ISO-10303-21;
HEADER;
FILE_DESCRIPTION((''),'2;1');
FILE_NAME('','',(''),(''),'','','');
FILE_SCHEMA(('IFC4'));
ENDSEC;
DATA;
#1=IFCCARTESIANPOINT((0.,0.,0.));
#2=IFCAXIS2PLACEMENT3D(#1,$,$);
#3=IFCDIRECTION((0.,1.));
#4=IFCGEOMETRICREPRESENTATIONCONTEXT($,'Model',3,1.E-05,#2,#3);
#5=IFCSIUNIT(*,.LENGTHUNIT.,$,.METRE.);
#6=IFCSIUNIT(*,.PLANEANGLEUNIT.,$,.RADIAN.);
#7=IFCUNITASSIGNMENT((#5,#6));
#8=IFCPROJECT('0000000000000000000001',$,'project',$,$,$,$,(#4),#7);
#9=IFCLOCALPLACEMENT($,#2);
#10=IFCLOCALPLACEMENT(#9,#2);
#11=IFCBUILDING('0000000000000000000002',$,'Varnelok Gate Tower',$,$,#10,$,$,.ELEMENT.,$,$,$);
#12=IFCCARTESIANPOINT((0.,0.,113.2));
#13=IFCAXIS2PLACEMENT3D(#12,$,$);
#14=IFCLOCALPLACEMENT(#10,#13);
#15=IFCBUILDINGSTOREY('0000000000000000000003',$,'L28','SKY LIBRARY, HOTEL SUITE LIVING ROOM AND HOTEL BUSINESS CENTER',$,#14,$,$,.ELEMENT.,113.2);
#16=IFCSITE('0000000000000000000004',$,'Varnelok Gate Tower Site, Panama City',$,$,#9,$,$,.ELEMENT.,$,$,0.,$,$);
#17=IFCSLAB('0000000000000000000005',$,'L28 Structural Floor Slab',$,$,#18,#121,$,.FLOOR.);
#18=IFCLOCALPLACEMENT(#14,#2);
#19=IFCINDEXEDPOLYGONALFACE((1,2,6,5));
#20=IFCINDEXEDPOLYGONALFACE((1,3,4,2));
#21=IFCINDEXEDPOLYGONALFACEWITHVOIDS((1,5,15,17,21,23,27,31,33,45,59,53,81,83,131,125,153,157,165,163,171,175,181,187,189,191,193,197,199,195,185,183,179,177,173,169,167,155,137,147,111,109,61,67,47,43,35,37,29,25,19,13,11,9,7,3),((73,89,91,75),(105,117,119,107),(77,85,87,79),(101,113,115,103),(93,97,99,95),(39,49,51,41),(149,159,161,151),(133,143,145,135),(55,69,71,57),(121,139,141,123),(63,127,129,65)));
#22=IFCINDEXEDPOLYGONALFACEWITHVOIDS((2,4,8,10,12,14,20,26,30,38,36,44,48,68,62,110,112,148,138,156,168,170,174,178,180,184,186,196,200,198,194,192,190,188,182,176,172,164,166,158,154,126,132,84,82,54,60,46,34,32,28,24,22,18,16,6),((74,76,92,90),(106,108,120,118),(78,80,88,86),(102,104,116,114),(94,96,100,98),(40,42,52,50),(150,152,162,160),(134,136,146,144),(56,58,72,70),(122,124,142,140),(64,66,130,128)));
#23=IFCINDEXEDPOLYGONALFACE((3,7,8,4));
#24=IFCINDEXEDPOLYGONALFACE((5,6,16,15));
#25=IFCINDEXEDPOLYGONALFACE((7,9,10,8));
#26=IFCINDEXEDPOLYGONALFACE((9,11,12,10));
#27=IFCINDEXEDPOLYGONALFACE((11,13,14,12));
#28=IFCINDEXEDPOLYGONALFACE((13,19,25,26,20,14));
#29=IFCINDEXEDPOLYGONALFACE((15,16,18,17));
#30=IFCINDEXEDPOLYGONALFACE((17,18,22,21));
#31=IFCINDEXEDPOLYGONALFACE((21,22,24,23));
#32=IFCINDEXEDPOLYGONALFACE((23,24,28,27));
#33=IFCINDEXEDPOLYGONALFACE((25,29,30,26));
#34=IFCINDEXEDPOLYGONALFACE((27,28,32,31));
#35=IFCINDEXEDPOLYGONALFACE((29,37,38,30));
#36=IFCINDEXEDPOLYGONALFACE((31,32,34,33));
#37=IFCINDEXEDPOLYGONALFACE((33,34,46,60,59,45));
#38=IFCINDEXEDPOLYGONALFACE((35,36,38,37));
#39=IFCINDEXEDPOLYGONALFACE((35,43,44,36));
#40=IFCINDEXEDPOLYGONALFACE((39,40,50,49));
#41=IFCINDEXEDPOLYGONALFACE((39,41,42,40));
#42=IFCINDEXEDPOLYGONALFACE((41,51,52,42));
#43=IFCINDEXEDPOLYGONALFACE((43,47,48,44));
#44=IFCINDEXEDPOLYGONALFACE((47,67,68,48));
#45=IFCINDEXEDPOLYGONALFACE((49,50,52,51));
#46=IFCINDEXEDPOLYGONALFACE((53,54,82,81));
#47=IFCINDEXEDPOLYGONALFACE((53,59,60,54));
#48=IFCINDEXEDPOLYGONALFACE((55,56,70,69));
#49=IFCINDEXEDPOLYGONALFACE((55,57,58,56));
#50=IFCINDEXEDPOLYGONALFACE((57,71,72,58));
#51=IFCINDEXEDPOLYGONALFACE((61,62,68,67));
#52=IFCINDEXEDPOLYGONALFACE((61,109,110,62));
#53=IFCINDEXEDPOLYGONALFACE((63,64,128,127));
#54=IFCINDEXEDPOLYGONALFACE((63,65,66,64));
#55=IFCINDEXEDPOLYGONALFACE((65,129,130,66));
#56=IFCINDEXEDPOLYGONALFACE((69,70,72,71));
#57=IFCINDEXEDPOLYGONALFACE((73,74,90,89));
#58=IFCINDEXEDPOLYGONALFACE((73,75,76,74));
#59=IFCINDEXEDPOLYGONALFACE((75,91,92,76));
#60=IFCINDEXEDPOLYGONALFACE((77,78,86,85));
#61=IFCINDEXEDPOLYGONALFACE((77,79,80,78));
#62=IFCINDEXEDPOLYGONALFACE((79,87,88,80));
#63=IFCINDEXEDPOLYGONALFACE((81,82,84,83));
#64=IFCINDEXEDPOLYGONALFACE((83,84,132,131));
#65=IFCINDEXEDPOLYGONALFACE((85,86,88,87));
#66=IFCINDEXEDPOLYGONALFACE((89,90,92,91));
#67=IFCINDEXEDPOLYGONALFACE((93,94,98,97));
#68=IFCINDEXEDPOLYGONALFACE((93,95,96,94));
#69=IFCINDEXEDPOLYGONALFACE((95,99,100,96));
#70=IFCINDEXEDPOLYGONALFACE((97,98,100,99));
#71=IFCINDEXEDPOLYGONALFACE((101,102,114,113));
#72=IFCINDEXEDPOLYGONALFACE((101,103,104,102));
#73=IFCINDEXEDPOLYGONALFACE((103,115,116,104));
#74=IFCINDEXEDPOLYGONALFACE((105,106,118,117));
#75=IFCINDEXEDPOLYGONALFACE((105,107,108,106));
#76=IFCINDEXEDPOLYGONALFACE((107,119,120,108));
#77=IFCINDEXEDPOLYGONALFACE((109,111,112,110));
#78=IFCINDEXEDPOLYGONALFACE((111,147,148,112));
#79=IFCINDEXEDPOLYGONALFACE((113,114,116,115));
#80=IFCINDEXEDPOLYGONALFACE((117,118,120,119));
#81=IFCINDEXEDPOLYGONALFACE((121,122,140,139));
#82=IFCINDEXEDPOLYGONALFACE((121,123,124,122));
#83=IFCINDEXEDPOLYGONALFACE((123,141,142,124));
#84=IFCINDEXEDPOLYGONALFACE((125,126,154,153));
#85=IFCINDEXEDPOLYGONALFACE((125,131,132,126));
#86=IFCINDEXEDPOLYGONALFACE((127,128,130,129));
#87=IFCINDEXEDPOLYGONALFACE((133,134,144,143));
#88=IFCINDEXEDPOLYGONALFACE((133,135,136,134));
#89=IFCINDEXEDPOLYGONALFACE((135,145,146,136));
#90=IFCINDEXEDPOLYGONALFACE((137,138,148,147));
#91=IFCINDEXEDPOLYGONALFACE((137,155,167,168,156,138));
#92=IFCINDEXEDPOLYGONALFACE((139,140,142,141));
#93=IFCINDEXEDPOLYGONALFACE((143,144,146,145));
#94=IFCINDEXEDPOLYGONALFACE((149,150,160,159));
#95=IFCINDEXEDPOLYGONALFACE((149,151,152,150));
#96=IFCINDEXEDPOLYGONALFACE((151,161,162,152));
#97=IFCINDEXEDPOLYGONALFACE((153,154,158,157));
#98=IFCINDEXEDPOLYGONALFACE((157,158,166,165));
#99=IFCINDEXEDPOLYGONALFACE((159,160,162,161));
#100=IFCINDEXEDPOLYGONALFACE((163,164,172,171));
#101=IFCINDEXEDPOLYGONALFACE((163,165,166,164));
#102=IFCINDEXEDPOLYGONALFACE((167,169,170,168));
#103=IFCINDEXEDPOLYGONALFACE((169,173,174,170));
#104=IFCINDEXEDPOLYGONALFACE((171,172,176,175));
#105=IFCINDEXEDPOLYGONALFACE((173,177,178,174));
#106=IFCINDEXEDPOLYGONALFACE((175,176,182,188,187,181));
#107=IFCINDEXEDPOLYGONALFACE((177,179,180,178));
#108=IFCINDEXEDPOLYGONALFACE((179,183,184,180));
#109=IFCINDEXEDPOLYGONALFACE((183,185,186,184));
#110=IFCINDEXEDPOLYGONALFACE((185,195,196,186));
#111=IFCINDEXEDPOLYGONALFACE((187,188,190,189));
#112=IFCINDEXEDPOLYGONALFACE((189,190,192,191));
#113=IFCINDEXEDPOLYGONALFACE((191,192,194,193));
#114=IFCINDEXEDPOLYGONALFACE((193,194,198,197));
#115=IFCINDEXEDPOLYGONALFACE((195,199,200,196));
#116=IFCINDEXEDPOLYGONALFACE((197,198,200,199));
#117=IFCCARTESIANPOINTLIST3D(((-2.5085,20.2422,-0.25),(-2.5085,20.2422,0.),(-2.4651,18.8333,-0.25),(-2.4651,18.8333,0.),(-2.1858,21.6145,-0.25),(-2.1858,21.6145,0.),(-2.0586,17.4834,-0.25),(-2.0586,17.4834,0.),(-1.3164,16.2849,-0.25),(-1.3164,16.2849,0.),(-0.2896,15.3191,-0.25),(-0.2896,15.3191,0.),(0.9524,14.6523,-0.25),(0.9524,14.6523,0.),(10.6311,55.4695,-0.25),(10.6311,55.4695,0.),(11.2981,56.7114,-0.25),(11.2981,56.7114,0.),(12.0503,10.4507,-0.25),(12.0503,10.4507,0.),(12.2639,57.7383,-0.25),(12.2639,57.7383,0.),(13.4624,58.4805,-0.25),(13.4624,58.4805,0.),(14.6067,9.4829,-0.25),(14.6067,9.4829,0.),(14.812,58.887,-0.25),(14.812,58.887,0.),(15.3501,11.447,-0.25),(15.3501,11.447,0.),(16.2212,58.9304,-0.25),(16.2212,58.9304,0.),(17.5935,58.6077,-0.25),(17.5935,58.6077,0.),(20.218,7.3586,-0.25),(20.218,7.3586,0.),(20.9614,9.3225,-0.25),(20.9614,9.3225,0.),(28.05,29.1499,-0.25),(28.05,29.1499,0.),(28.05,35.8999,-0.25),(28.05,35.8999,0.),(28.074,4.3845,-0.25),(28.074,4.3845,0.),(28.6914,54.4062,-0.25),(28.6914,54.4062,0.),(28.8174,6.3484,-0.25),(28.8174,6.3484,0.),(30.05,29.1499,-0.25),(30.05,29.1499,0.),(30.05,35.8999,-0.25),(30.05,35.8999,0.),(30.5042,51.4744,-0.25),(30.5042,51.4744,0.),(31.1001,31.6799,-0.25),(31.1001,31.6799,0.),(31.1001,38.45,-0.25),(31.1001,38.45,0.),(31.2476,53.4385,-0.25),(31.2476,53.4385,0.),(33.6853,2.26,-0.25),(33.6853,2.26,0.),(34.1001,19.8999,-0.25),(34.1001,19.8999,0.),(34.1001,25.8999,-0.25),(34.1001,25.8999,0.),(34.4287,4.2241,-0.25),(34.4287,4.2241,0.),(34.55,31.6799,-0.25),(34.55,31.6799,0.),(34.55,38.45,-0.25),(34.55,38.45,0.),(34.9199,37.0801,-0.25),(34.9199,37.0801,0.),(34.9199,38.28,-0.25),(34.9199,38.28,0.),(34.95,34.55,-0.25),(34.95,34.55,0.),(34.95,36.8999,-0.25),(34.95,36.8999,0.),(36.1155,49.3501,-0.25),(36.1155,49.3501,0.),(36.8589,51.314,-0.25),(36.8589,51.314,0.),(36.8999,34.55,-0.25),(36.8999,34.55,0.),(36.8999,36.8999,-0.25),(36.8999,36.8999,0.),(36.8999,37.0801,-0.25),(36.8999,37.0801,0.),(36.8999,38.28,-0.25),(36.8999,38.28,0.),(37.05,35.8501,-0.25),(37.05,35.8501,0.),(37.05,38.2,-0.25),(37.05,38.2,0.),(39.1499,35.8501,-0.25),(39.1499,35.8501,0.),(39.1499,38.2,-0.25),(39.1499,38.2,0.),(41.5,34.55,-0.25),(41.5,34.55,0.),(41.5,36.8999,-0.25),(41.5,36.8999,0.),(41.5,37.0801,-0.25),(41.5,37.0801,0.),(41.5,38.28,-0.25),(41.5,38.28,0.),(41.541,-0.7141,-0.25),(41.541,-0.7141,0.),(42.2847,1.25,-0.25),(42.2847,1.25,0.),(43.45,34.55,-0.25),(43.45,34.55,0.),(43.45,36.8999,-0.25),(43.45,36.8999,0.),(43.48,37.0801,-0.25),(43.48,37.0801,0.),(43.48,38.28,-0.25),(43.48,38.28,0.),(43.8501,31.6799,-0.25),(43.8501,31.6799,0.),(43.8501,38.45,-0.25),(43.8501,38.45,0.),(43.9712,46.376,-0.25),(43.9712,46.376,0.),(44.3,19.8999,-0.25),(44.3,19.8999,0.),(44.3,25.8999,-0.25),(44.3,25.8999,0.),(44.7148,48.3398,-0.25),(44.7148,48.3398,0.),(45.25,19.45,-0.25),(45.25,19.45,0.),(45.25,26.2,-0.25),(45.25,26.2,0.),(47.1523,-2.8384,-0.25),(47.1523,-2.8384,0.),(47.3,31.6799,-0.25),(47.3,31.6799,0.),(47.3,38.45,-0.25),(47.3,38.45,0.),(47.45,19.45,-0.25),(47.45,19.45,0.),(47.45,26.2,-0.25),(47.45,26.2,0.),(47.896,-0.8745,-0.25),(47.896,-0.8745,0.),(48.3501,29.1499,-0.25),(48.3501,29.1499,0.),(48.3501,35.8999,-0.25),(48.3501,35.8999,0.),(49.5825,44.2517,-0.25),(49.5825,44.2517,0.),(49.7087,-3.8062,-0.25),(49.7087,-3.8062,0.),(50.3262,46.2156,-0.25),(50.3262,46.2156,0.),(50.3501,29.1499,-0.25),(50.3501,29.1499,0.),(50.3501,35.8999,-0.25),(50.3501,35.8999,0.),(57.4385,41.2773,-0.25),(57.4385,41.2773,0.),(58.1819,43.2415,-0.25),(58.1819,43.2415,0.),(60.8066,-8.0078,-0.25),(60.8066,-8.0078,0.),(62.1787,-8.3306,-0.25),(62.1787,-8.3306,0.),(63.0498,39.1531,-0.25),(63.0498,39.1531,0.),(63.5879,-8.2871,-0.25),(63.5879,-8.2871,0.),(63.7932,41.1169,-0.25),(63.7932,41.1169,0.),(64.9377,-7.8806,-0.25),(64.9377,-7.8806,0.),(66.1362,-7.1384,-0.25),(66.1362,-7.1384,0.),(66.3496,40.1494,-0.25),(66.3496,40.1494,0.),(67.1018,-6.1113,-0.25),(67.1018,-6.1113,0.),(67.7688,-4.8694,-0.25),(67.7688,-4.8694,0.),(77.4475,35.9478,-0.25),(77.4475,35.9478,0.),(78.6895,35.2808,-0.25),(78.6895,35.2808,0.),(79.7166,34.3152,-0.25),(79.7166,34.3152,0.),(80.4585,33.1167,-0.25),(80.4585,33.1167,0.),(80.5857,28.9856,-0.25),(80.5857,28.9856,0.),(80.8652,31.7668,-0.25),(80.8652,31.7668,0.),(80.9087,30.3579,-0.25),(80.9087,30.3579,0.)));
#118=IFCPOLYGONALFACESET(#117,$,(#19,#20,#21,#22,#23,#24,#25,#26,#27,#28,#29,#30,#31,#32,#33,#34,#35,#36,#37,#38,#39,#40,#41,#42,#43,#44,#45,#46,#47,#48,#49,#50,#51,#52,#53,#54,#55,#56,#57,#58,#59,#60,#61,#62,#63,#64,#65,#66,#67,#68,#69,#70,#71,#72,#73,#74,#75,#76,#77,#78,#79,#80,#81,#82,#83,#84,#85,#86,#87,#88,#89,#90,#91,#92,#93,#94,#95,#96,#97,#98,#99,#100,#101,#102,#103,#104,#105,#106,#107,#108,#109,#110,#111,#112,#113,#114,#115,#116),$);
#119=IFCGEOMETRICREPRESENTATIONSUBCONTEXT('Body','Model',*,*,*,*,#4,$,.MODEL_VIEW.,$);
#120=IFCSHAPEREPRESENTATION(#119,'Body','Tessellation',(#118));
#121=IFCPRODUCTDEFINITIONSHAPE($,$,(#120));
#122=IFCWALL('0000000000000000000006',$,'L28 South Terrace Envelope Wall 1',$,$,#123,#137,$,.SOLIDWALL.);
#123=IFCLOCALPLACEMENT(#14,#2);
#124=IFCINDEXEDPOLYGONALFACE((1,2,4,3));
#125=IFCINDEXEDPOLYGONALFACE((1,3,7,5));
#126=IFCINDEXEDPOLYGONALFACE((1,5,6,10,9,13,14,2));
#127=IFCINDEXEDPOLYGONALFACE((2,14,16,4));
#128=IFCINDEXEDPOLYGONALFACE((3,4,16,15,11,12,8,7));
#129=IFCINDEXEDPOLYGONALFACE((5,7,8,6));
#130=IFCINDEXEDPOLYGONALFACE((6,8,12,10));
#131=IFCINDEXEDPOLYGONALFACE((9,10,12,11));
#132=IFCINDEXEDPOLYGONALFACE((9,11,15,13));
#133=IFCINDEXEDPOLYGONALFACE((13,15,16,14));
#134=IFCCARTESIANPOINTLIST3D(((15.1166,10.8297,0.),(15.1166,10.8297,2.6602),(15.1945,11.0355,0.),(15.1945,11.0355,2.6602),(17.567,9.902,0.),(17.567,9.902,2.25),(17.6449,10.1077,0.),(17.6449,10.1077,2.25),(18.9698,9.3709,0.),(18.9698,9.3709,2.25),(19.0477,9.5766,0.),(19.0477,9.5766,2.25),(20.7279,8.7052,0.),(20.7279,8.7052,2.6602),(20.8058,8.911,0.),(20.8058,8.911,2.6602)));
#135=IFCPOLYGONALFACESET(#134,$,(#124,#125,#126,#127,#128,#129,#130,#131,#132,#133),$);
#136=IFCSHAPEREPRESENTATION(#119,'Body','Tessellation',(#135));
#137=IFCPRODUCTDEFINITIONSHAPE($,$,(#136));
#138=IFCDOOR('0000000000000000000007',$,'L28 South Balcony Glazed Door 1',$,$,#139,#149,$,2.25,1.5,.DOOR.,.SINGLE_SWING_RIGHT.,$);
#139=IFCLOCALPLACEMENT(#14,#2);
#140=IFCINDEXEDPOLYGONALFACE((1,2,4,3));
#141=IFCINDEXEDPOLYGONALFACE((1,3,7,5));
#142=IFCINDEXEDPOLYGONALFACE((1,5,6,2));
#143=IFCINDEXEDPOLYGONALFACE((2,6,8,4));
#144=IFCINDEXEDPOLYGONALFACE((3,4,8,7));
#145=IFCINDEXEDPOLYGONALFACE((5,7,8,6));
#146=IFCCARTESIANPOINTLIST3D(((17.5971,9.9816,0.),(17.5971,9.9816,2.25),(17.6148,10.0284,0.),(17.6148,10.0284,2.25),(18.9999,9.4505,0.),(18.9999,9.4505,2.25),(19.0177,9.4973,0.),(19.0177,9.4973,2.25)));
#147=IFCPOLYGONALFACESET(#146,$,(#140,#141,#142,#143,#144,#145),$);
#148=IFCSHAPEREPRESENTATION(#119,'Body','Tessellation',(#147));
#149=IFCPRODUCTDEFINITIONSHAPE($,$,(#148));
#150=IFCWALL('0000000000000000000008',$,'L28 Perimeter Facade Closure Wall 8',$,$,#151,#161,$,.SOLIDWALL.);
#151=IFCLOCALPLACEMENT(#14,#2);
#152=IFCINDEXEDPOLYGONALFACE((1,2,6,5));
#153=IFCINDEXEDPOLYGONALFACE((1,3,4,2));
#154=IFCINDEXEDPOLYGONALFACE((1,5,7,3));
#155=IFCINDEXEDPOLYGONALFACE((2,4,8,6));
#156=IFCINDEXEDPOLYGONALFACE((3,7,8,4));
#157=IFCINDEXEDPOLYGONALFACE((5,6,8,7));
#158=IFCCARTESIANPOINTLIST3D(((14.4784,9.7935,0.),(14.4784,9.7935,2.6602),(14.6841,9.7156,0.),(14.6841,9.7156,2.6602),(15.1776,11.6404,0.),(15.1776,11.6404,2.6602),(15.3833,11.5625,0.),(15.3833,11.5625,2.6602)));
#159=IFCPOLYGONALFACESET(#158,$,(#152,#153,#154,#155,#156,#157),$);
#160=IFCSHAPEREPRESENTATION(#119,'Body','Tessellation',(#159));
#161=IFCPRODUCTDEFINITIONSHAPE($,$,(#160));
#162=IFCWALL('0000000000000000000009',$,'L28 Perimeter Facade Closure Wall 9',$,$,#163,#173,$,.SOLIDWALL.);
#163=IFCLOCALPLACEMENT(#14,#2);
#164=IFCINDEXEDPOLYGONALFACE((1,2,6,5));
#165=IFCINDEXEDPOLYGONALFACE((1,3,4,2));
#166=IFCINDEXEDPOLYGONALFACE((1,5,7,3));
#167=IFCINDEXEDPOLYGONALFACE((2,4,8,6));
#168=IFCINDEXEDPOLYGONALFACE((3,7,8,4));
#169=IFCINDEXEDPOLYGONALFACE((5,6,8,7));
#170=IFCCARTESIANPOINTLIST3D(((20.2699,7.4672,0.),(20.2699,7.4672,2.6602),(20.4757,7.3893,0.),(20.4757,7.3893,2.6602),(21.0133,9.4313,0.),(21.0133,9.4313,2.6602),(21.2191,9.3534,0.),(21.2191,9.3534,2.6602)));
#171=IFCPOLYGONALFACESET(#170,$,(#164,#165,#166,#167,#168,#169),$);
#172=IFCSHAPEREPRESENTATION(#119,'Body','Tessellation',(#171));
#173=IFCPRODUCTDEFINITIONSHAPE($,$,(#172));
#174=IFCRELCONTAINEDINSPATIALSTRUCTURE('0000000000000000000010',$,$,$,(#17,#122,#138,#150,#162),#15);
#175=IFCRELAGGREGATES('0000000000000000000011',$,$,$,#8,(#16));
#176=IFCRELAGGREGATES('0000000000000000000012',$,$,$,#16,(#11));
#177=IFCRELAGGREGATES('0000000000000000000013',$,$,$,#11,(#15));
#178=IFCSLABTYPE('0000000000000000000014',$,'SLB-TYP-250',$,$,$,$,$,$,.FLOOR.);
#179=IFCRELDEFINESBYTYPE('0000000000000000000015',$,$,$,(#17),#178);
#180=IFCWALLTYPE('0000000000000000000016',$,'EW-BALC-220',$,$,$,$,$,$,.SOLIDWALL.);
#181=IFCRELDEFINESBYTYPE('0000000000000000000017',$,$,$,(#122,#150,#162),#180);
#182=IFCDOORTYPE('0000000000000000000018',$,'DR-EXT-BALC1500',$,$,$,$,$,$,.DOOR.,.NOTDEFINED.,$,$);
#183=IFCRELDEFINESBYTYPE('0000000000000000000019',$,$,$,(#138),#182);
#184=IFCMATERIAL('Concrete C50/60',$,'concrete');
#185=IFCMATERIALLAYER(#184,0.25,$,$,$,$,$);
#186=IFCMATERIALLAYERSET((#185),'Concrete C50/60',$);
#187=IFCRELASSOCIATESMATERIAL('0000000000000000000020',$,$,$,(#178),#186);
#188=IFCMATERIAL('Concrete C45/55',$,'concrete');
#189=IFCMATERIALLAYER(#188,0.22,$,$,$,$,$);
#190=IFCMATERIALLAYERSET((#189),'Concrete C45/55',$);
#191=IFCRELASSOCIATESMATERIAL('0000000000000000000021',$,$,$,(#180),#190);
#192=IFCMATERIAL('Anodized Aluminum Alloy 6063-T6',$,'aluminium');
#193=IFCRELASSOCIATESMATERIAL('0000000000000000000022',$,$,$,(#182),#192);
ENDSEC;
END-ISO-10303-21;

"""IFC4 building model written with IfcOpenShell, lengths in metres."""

from ifc_helpers import new_model, si_unit, direction, frame, frame_2d, origin, place, context, subcontext, project, spatial, polyline, rectangle, outline, extrude, material, layer, layer_set, type_object, element, fill, save


model = new_model("IFC4")

# Units and contexts
model_context = context("Model", 3, precision=1e-05, world=origin(), true_north=direction((0.0, 1.0)))
body_context = subcontext(model_context, "Body", "Model", "MODEL_VIEW")
ifc_project = project(units=[si_unit("LENGTHUNIT", "METRE"), si_unit("PLANEANGLEUNIT", "RADIAN")], contexts=[model_context])

# Site, building, storey
site_placement = place(None, origin())
site = spatial("IfcSite", under=ifc_project, at=site_placement, Name="Varnelok Gate Tower Site, Panama City", CompositionType="ELEMENT", RefElevation=0.0)
building_placement = place(site_placement, origin())
building = spatial("IfcBuilding", under=site, at=building_placement, Name="Varnelok Gate Tower", CompositionType="ELEMENT")
storey_placement = place(building_placement, frame((0.0, 0.0, 113.2)))
storey = spatial("IfcBuildingStorey", under=building, at=storey_placement, Name="L28", Description="SKY LIBRARY, HOTEL SUITE LIVING ROOM AND HOTEL BUSINESS CENTER", CompositionType="ELEMENT", Elevation=113.2)

# Shared definitions
ifc_material_1 = material(Name="Concrete C45/55", Category="concrete")

# Shared definitions
ifc_material_2 = material(Name="Concrete C50/60", Category="concrete")

# Slab
ifc_layer_1 = layer(ifc_material_2, 0.25)
ifc_layer_set_1 = layer_set([ifc_layer_1], Name="Concrete C50/60")
slab_type_1 = type_object("IfcSlabType", Name="SLB-TYP-250", PredefinedType="FLOOR", material=ifc_layer_set_1)
slab_1_placement = place(storey_placement, frame((0.0, 0.0, -0.25)))
element("IfcSlab", 1, at=slab_1_placement, inside=storey, type_object=slab_type_1, Name="L28 Structural Floor Slab", PredefinedType="FLOOR", context=body_context, shape_type="SweptSolid", body=[
    extrude(outline(polyline([(-2.1858, 21.6145), (-2.5085, 20.2422), (-2.4651, 18.8333), (-2.0586, 17.4834), (-1.3164, 16.2849), (-0.2896, 15.3191), (0.9524, 14.6523), (12.0503, 10.4507), (14.6067, 9.4829), (15.3501, 11.447), (20.9614, 9.3225), (20.218, 7.3586), (28.074, 4.3845), (28.8174, 6.3484), (34.4287, 4.2241), (33.6853, 2.26), (41.541, -0.7141), (42.2847, 1.25), (47.896, -0.8745), (47.1523, -2.8384), (49.7087, -3.8062), (60.8066, -8.0078), (62.1787, -8.3306), (63.5879, -8.2871), (64.9377, -7.8806), (66.1362, -7.1384), (67.1018, -6.1113), (67.7688, -4.8694), (80.5857, 28.9856), (80.9087, 30.3579), (80.8652, 31.7668), (80.4585, 33.1167), (79.7166, 34.3152), (78.6895, 35.2808), (77.4475, 35.9478), (66.3496, 40.1494), (63.7932, 41.1169), (63.0498, 39.1531), (57.4385, 41.2773), (58.1819, 43.2415), (50.3262, 46.2156), (49.5825, 44.2517), (43.9712, 46.376), (44.7148, 48.3398), (36.8589, 51.314), (36.1155, 49.3501), (30.5042, 51.4744), (31.2476, 53.4385), (28.6914, 54.4062), (17.5935, 58.6077), (16.2212, 58.9304), (14.812, 58.887), (13.4624, 58.4805), (12.2639, 57.7383), (11.2981, 56.7114), (10.6311, 55.4695), (-2.1858, 21.6145)]), holes=[polyline([(34.55, 31.6799), (34.55, 38.45), (31.1001, 38.45), (31.1001, 31.6799), (34.55, 31.6799)]), polyline([(47.3, 31.6799), (47.3, 38.45), (43.8501, 38.45), (43.8501, 31.6799), (47.3, 31.6799)]), polyline([(34.95, 34.55), (36.8999, 34.55), (36.8999, 36.8999), (34.95, 36.8999), (34.95, 34.55)]), polyline([(41.5, 34.55), (43.45, 34.55), (43.45, 36.8999), (41.5, 36.8999), (41.5, 34.55)]), polyline([(37.05, 35.8501), (39.1499, 35.8501), (39.1499, 38.2), (37.05, 38.2), (37.05, 35.8501)]), polyline([(28.05, 29.1499), (30.05, 29.1499), (30.05, 35.8999), (28.05, 35.8999), (28.05, 29.1499)]), polyline([(48.3501, 29.1499), (50.3501, 29.1499), (50.3501, 35.8999), (48.3501, 35.8999), (48.3501, 29.1499)]), polyline([(45.25, 19.45), (47.45, 19.45), (47.45, 26.2), (45.25, 26.2), (45.25, 19.45)]), polyline([(34.9199, 37.0801), (36.8999, 37.0801), (36.8999, 38.28), (34.9199, 38.28), (34.9199, 37.0801)]), polyline([(41.5, 37.0801), (43.48, 37.0801), (43.48, 38.28), (41.5, 38.28), (41.5, 37.0801)]), polyline([(34.1001, 19.8999), (44.3, 19.8999), (44.3, 25.8999), (34.1001, 25.8999), (34.1001, 19.8999)])]), origin(), (0.0, 0.0, 1.0), 0.25),
])

# Wall, opening, door
ifc_layer_2 = layer(ifc_material_1, 0.22)
ifc_layer_set_2 = layer_set([ifc_layer_2], Name="Concrete C45/55")
wall_type_1 = type_object("IfcWallType", Name="EW-BALC-220", PredefinedType="SOLIDWALL", material=ifc_layer_set_2)
wall_1_placement = place(storey_placement, frame((20.7668, 8.8081, 0.0), z_axis=(0.0, 0.0, 1.0), x_axis=(-0.935214, 0.354083, 0.0)))
wall_1 = element("IfcWall", 2, at=wall_1_placement, inside=storey, type_object=wall_type_1, Name="L28 South Terrace Envelope Wall 1", PredefinedType="SOLIDWALL", context=body_context, shape_type="SweptSolid", body=[
    extrude(rectangle(XDim=6.0, YDim=0.22, at=frame_2d((3.0, 0.0))), origin(), (0.0, 0.0, 1.0), 2.6602),
])
opening_1_placement = place(wall_1_placement, frame((1.8799, 0.0, 0.0)))
opening_1 = element("IfcOpeningElement", 3, at=opening_1_placement, cuts=wall_1, PredefinedType="OPENING", context=body_context, shape_type="SweptSolid", body=[
    extrude(rectangle(XDim=1.5, YDim=2.25, at=frame_2d((0.75, 1.125))), frame((0.0, 0.1199, 0.0), z_axis=(0.0, -1.0, 0.0), x_axis=(1.0, 0.0, 0.0)), (0.0, 0.0, 1.0), 0.24),
])
ifc_material_3 = material(Name="Anodized Aluminum Alloy 6063-T6", Category="aluminium")
door_type_1 = type_object("IfcDoorType", Name="DR-EXT-BALC1500", OperationType="NOTDEFINED", PredefinedType="DOOR", material=ifc_material_3)
door_1_placement = place(opening_1_placement, origin())
door_1 = element("IfcDoor", 4, at=door_1_placement, inside=storey, type_object=door_type_1, Name="L28 South Balcony Glazed Door 1", OperationType="SINGLE_SWING_RIGHT", OverallHeight=2.25, OverallWidth=1.5, PredefinedType="DOOR", context=body_context, shape_type="SweptSolid", body=[
    extrude(rectangle(XDim=1.5, YDim=2.25, at=frame_2d((0.75, 1.125))), frame((0.0, 0.0249, 0.0), z_axis=(0.0, -1.0, 0.0), x_axis=(1.0, 0.0, 0.0)), (0.0, 0.0, 1.0), 0.05),
])
fill(opening_1, door_1)

# Walls
wall_2_placement = place(storey_placement, frame((14.5813, 9.7546, 0.0), z_axis=(0.0, 0.0, 1.0), x_axis=(0.354062, 0.935222, 0.0)))
element("IfcWall", 5, at=wall_2_placement, inside=storey, type_object=wall_type_1, Name="L28 Perimeter Facade Closure Wall 8", PredefinedType="SOLIDWALL", context=body_context, shape_type="SweptSolid", body=[
    extrude(rectangle(XDim=1.9749, YDim=0.22, at=frame_2d((0.9873, 0.0))), origin(), (0.0, 0.0, 1.0), 2.6602),
])
wall_3_placement = place(storey_placement, frame((21.1162, 9.3923, 0.0), z_axis=(0.0, 0.0, 1.0), x_axis=(-0.353988, -0.93525, 0.0)))
element("IfcWall", 6, at=wall_3_placement, inside=storey, type_object=wall_type_1, Name="L28 Perimeter Facade Closure Wall 9", PredefinedType="SOLIDWALL", context=body_context, shape_type="SweptSolid", body=[
    extrude(rectangle(XDim=2.1001, YDim=0.22, at=frame_2d((1.05, 0.0))), origin(), (0.0, 0.0, 1.0), 2.6602),
])

save(model, "model.ifc")
